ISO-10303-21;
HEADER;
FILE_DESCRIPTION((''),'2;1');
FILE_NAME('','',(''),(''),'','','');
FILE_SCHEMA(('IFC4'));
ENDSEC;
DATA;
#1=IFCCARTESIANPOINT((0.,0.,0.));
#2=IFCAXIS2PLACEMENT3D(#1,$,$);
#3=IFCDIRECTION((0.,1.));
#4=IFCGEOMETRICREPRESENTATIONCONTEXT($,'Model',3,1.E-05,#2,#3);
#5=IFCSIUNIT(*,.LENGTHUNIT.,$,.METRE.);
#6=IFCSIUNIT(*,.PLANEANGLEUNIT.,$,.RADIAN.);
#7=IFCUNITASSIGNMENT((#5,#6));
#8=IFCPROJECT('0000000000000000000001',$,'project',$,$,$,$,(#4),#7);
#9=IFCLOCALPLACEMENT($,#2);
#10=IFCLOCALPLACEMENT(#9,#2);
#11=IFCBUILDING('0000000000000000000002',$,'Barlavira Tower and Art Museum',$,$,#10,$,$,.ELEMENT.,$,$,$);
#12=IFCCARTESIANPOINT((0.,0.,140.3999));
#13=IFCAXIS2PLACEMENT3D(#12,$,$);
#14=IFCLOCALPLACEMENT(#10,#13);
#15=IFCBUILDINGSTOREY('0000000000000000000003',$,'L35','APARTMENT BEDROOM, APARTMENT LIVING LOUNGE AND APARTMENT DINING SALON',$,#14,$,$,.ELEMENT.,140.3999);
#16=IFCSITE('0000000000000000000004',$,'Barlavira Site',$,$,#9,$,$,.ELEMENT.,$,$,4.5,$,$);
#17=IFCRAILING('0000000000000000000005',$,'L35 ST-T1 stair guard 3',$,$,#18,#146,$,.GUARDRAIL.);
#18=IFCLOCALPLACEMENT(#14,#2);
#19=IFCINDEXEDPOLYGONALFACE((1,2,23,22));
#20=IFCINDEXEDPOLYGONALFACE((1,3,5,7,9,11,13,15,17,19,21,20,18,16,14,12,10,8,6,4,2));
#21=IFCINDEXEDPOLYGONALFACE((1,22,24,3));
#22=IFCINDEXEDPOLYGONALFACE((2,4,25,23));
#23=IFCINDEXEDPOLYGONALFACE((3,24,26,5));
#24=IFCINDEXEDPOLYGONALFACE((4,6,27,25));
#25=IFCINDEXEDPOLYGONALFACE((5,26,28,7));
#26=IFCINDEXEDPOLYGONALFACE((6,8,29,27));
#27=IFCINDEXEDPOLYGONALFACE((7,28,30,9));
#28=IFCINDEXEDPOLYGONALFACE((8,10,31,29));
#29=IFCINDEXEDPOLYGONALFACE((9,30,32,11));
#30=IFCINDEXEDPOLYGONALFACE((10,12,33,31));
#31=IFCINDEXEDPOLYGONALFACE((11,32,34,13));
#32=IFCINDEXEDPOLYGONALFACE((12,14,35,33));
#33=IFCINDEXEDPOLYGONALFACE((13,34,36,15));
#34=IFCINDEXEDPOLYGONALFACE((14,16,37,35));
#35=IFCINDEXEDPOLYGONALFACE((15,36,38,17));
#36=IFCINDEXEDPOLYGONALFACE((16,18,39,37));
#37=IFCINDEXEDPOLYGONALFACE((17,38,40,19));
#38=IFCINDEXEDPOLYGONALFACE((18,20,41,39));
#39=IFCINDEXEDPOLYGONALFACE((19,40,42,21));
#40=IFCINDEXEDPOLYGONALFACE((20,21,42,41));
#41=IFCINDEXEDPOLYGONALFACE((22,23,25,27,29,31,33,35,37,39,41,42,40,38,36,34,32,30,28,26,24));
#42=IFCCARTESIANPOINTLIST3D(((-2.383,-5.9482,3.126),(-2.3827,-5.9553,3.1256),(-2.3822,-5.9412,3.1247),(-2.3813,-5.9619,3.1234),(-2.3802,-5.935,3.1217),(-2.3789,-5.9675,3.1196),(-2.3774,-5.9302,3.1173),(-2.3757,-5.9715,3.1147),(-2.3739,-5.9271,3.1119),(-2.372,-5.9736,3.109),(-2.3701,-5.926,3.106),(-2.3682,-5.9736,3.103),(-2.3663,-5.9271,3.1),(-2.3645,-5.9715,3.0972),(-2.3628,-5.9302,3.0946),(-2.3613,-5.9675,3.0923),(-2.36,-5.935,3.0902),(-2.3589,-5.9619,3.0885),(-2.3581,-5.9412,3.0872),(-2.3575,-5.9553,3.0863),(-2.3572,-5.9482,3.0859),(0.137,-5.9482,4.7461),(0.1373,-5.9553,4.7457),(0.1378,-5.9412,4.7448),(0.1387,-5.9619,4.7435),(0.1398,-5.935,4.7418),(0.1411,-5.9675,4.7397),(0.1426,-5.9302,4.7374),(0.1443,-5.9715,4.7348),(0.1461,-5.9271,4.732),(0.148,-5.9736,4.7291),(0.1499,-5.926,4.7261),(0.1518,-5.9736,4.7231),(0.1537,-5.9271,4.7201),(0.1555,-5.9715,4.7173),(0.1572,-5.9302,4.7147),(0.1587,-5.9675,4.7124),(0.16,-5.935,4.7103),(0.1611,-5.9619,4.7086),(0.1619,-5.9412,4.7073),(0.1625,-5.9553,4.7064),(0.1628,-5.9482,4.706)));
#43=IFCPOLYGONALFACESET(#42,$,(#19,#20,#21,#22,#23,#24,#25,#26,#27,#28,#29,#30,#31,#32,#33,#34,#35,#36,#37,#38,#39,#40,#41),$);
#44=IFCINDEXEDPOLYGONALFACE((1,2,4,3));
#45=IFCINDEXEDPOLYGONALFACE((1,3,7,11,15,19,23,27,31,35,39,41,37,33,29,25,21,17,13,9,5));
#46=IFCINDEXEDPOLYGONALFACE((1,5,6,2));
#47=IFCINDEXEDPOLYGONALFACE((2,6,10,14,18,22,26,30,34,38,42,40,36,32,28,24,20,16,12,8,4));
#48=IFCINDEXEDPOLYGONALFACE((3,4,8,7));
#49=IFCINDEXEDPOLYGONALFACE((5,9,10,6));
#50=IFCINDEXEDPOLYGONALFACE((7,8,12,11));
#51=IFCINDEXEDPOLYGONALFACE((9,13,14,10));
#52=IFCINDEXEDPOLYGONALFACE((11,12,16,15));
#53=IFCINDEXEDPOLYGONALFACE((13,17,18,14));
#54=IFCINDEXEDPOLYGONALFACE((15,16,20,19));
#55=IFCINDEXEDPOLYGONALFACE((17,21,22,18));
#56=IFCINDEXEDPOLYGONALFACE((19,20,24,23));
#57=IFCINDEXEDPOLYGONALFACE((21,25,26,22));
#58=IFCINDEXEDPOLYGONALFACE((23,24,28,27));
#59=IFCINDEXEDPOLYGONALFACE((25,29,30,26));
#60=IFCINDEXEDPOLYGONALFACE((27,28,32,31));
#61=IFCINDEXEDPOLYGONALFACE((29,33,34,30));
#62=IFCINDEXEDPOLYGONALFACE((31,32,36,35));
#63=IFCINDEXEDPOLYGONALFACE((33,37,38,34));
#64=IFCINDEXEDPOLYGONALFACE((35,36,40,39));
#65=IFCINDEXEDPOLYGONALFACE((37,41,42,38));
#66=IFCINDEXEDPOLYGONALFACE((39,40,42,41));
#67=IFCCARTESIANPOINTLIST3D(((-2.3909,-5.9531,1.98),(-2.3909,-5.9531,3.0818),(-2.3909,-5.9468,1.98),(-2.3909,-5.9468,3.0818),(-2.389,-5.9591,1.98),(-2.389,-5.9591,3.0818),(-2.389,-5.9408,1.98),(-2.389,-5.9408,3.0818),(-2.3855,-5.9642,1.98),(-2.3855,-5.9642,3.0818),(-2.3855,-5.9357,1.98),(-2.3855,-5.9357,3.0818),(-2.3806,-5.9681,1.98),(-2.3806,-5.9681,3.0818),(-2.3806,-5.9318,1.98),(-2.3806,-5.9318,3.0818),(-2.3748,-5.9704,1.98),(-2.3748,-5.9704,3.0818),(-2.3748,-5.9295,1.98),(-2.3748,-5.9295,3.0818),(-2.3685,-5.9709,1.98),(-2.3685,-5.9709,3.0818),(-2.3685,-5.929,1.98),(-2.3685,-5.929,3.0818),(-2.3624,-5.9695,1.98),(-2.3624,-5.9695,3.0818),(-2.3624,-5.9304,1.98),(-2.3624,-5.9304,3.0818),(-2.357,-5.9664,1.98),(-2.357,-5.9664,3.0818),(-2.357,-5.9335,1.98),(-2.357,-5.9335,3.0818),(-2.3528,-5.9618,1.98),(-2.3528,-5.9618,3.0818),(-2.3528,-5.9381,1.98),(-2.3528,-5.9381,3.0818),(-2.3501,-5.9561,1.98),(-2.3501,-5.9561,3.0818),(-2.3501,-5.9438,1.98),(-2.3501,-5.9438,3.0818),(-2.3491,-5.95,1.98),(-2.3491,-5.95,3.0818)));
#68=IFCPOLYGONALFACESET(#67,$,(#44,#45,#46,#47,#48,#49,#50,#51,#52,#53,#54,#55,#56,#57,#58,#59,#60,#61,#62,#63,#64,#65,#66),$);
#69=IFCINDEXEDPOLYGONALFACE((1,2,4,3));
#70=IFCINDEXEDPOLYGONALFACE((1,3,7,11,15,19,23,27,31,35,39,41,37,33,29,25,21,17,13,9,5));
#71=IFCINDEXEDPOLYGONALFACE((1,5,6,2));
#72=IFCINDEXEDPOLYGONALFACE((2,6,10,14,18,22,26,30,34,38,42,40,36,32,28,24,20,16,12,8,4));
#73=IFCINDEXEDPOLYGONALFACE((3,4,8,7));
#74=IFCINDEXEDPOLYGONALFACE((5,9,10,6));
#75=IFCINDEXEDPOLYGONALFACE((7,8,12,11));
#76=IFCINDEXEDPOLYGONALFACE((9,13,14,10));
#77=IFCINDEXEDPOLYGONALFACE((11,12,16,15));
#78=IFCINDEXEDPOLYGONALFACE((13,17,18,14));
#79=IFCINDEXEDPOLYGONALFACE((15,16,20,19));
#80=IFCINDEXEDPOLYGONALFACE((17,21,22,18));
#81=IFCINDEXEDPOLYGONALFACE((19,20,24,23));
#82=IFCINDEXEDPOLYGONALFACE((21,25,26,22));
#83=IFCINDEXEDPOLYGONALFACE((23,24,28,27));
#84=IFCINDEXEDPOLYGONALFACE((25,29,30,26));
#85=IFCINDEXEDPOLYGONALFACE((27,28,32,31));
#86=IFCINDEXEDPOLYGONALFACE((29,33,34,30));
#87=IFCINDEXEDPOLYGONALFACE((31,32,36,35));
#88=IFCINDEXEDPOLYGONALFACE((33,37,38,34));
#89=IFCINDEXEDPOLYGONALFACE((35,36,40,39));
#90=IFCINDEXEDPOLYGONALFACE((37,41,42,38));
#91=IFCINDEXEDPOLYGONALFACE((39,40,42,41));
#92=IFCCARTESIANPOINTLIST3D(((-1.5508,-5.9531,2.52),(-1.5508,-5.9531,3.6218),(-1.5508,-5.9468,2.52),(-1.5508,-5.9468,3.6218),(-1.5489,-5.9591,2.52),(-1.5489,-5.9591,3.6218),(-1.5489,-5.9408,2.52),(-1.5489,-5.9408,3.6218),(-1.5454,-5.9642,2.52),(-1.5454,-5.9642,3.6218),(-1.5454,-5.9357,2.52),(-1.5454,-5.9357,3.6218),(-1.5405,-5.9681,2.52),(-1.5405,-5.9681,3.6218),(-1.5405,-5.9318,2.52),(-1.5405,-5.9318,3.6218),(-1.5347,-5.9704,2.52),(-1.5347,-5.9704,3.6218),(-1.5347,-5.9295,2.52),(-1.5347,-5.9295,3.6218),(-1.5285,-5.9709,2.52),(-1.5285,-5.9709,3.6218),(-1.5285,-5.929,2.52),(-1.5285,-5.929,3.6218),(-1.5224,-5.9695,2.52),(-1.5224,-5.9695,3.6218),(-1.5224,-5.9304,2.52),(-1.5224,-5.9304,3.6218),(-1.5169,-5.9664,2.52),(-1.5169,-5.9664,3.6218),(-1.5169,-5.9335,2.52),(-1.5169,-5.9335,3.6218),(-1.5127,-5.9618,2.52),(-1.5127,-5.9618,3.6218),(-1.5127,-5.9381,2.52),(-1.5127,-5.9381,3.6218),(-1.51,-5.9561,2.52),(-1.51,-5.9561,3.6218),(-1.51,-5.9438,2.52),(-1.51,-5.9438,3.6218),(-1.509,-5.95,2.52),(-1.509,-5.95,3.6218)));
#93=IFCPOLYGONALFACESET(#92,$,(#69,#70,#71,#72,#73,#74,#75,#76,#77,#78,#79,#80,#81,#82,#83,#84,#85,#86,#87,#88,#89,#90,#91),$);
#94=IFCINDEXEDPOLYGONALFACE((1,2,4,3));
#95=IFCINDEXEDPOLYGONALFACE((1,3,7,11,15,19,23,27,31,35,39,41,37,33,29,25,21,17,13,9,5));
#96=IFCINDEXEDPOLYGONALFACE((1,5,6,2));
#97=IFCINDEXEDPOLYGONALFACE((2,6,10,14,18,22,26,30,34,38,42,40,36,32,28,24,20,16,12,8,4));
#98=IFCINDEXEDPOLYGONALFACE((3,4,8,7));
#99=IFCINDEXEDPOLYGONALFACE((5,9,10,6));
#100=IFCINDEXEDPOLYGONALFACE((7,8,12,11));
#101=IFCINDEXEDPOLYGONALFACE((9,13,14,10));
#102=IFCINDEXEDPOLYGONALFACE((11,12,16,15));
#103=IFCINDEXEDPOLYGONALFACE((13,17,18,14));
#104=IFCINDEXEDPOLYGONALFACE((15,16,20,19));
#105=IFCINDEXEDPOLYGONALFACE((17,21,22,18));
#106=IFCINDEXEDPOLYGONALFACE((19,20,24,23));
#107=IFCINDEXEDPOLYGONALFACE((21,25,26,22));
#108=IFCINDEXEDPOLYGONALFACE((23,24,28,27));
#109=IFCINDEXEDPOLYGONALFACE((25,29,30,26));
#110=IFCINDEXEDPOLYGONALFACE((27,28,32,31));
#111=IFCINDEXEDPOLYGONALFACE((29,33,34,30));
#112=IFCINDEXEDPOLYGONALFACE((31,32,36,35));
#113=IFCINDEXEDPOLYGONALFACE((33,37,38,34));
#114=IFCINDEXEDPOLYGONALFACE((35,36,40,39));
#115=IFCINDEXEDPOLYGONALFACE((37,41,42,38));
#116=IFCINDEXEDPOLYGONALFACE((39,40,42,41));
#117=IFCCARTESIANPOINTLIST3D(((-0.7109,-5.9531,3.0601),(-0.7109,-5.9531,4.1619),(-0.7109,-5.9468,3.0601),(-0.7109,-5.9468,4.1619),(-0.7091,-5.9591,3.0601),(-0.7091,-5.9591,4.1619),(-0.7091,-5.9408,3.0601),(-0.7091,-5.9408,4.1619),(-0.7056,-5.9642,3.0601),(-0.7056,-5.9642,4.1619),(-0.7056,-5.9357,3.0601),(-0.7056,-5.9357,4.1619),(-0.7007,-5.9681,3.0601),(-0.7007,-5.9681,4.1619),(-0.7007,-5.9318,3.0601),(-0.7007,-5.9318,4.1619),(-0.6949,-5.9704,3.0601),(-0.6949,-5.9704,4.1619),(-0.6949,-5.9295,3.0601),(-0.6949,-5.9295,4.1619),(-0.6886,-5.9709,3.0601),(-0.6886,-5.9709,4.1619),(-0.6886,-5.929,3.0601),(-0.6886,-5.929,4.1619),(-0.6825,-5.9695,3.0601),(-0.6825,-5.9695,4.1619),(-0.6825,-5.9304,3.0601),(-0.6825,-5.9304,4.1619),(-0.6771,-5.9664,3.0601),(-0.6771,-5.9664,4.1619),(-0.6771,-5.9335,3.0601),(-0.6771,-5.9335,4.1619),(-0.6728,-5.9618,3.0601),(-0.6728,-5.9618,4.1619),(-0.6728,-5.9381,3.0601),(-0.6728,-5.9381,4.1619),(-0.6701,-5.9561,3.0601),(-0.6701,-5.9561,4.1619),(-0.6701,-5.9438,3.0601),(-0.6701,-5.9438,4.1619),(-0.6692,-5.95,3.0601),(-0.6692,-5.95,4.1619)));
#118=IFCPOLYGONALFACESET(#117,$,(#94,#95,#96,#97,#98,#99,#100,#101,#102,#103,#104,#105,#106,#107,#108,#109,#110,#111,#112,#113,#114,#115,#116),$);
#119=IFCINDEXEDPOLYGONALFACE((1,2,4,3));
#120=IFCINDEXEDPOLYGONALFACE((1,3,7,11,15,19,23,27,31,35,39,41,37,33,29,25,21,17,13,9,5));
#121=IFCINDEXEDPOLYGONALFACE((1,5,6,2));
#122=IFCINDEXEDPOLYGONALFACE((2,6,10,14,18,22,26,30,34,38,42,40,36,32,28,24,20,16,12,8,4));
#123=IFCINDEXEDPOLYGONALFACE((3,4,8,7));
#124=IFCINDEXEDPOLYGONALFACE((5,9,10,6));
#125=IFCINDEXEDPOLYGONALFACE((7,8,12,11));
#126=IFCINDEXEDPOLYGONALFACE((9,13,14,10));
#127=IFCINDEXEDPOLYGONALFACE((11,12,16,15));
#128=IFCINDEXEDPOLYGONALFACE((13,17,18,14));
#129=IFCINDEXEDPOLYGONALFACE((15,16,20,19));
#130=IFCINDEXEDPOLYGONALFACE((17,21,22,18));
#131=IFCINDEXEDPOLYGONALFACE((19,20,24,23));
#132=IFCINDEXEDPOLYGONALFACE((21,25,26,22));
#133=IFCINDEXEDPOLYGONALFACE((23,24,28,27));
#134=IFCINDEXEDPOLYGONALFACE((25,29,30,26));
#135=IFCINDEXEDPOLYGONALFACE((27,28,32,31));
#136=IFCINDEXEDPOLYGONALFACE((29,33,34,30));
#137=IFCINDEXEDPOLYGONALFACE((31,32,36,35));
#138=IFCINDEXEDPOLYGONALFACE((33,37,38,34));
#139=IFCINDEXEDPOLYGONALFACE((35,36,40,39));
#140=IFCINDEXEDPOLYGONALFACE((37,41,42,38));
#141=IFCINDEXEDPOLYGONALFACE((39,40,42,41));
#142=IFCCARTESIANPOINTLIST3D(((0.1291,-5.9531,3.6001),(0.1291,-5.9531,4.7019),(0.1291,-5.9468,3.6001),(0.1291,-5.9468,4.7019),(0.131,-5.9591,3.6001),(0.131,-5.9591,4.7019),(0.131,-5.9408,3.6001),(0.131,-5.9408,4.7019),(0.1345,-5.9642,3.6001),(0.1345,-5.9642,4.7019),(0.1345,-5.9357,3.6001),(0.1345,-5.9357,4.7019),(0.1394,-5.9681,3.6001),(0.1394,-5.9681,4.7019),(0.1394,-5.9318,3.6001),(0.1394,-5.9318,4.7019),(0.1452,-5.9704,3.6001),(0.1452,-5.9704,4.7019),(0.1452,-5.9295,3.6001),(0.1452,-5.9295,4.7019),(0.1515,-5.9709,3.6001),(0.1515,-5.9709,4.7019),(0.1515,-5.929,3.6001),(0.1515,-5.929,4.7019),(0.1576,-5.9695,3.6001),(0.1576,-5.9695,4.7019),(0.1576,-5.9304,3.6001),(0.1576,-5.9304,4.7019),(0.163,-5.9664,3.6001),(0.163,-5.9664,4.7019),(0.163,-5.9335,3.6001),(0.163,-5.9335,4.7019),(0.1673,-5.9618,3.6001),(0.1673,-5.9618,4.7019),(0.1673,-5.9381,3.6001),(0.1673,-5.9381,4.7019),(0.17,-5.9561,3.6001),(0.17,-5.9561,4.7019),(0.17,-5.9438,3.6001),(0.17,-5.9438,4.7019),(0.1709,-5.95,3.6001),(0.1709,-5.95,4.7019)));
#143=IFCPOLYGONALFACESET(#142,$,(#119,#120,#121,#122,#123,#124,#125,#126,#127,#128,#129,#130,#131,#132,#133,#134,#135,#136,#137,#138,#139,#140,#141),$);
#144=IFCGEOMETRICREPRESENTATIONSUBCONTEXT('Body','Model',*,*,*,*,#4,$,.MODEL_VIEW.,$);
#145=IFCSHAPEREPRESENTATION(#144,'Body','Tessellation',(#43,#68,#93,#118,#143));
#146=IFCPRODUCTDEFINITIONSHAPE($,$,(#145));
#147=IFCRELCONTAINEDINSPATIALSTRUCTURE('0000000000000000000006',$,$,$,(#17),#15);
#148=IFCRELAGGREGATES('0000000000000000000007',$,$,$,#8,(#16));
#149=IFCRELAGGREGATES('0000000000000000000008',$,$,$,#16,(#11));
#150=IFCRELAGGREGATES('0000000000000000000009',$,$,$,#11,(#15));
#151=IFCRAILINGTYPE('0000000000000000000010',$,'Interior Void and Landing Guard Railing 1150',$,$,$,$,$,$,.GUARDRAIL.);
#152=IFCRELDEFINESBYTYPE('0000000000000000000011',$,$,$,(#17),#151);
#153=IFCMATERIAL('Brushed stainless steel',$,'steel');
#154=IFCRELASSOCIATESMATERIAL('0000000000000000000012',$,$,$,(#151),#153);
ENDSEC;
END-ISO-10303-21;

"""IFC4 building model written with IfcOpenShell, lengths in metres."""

from ifc_helpers import new_model, si_unit, direction, frame, origin, origin_2d, place, context, subcontext, project, spatial, circle, extrude, material, type_object, element, save


model = new_model("IFC4")

# Units and contexts
model_context = context("Model", 3, precision=1e-05, world=origin(), true_north=direction((0.0, 1.0)))
body_context = subcontext(model_context, "Body", "Model", "MODEL_VIEW")
ifc_project = project(units=[si_unit("LENGTHUNIT", "METRE"), si_unit("PLANEANGLEUNIT", "RADIAN")], contexts=[model_context])

# Site, building, storey
site_placement = place(None, origin())
site = spatial("IfcSite", under=ifc_project, at=site_placement, Name="Barlavira Site", CompositionType="ELEMENT", RefElevation=4.5)
building_placement = place(site_placement, origin())
building = spatial("IfcBuilding", under=site, at=building_placement, Name="Barlavira Tower and Art Museum", CompositionType="ELEMENT")
storey_placement = place(building_placement, frame((0.0, 0.0, 140.3999)))
storey = spatial("IfcBuildingStorey", under=building, at=storey_placement, Name="L35", Description="APARTMENT BEDROOM, APARTMENT LIVING LOUNGE AND APARTMENT DINING SALON", CompositionType="ELEMENT", Elevation=140.3999)

# Shared definitions
ifc_material_1 = material(Name="Brushed stainless steel", Category="steel")

# Railing
railing_type_1 = type_object("IfcRailingType", Name="Interior Void and Landing Guard Railing 1150", PredefinedType="GUARDRAIL", material=ifc_material_1)
railing_1_placement = place(storey_placement, frame((-2.3701, -5.95, 1.98)))
element("IfcRailing", 1, at=railing_1_placement, inside=storey, type_object=railing_type_1, Name="L35 ST-T1 stair guard 3", PredefinedType="GUARDRAIL", context=body_context, shape_type="SweptSolid", body=[
    extrude(circle(Radius=0.0239, at=origin_2d()), frame((0.0, 0.0, 1.126), z_axis=(0.841163, 0.0, 0.540782), x_axis=(0.0, 1.0, 0.0)), (0.0, 0.0, 1.0), 2.9958),
    extrude(circle(Radius=0.021, at=origin_2d()), origin(), (0.0, 0.0, 1.0), 1.1018),
    extrude(circle(Radius=0.021, at=origin_2d()), frame((0.8401, 0.0, 0.54)), (0.0, 0.0, 1.0), 1.1018),
    extrude(circle(Radius=0.021, at=origin_2d()), frame((1.6799, 0.0, 1.0801)), (0.0, 0.0, 1.0), 1.1018),
    extrude(circle(Radius=0.021, at=origin_2d()), frame((2.52, 0.0, 1.6201)), (0.0, 0.0, 1.0), 1.1018),
])

save(model, "model.ifc")
